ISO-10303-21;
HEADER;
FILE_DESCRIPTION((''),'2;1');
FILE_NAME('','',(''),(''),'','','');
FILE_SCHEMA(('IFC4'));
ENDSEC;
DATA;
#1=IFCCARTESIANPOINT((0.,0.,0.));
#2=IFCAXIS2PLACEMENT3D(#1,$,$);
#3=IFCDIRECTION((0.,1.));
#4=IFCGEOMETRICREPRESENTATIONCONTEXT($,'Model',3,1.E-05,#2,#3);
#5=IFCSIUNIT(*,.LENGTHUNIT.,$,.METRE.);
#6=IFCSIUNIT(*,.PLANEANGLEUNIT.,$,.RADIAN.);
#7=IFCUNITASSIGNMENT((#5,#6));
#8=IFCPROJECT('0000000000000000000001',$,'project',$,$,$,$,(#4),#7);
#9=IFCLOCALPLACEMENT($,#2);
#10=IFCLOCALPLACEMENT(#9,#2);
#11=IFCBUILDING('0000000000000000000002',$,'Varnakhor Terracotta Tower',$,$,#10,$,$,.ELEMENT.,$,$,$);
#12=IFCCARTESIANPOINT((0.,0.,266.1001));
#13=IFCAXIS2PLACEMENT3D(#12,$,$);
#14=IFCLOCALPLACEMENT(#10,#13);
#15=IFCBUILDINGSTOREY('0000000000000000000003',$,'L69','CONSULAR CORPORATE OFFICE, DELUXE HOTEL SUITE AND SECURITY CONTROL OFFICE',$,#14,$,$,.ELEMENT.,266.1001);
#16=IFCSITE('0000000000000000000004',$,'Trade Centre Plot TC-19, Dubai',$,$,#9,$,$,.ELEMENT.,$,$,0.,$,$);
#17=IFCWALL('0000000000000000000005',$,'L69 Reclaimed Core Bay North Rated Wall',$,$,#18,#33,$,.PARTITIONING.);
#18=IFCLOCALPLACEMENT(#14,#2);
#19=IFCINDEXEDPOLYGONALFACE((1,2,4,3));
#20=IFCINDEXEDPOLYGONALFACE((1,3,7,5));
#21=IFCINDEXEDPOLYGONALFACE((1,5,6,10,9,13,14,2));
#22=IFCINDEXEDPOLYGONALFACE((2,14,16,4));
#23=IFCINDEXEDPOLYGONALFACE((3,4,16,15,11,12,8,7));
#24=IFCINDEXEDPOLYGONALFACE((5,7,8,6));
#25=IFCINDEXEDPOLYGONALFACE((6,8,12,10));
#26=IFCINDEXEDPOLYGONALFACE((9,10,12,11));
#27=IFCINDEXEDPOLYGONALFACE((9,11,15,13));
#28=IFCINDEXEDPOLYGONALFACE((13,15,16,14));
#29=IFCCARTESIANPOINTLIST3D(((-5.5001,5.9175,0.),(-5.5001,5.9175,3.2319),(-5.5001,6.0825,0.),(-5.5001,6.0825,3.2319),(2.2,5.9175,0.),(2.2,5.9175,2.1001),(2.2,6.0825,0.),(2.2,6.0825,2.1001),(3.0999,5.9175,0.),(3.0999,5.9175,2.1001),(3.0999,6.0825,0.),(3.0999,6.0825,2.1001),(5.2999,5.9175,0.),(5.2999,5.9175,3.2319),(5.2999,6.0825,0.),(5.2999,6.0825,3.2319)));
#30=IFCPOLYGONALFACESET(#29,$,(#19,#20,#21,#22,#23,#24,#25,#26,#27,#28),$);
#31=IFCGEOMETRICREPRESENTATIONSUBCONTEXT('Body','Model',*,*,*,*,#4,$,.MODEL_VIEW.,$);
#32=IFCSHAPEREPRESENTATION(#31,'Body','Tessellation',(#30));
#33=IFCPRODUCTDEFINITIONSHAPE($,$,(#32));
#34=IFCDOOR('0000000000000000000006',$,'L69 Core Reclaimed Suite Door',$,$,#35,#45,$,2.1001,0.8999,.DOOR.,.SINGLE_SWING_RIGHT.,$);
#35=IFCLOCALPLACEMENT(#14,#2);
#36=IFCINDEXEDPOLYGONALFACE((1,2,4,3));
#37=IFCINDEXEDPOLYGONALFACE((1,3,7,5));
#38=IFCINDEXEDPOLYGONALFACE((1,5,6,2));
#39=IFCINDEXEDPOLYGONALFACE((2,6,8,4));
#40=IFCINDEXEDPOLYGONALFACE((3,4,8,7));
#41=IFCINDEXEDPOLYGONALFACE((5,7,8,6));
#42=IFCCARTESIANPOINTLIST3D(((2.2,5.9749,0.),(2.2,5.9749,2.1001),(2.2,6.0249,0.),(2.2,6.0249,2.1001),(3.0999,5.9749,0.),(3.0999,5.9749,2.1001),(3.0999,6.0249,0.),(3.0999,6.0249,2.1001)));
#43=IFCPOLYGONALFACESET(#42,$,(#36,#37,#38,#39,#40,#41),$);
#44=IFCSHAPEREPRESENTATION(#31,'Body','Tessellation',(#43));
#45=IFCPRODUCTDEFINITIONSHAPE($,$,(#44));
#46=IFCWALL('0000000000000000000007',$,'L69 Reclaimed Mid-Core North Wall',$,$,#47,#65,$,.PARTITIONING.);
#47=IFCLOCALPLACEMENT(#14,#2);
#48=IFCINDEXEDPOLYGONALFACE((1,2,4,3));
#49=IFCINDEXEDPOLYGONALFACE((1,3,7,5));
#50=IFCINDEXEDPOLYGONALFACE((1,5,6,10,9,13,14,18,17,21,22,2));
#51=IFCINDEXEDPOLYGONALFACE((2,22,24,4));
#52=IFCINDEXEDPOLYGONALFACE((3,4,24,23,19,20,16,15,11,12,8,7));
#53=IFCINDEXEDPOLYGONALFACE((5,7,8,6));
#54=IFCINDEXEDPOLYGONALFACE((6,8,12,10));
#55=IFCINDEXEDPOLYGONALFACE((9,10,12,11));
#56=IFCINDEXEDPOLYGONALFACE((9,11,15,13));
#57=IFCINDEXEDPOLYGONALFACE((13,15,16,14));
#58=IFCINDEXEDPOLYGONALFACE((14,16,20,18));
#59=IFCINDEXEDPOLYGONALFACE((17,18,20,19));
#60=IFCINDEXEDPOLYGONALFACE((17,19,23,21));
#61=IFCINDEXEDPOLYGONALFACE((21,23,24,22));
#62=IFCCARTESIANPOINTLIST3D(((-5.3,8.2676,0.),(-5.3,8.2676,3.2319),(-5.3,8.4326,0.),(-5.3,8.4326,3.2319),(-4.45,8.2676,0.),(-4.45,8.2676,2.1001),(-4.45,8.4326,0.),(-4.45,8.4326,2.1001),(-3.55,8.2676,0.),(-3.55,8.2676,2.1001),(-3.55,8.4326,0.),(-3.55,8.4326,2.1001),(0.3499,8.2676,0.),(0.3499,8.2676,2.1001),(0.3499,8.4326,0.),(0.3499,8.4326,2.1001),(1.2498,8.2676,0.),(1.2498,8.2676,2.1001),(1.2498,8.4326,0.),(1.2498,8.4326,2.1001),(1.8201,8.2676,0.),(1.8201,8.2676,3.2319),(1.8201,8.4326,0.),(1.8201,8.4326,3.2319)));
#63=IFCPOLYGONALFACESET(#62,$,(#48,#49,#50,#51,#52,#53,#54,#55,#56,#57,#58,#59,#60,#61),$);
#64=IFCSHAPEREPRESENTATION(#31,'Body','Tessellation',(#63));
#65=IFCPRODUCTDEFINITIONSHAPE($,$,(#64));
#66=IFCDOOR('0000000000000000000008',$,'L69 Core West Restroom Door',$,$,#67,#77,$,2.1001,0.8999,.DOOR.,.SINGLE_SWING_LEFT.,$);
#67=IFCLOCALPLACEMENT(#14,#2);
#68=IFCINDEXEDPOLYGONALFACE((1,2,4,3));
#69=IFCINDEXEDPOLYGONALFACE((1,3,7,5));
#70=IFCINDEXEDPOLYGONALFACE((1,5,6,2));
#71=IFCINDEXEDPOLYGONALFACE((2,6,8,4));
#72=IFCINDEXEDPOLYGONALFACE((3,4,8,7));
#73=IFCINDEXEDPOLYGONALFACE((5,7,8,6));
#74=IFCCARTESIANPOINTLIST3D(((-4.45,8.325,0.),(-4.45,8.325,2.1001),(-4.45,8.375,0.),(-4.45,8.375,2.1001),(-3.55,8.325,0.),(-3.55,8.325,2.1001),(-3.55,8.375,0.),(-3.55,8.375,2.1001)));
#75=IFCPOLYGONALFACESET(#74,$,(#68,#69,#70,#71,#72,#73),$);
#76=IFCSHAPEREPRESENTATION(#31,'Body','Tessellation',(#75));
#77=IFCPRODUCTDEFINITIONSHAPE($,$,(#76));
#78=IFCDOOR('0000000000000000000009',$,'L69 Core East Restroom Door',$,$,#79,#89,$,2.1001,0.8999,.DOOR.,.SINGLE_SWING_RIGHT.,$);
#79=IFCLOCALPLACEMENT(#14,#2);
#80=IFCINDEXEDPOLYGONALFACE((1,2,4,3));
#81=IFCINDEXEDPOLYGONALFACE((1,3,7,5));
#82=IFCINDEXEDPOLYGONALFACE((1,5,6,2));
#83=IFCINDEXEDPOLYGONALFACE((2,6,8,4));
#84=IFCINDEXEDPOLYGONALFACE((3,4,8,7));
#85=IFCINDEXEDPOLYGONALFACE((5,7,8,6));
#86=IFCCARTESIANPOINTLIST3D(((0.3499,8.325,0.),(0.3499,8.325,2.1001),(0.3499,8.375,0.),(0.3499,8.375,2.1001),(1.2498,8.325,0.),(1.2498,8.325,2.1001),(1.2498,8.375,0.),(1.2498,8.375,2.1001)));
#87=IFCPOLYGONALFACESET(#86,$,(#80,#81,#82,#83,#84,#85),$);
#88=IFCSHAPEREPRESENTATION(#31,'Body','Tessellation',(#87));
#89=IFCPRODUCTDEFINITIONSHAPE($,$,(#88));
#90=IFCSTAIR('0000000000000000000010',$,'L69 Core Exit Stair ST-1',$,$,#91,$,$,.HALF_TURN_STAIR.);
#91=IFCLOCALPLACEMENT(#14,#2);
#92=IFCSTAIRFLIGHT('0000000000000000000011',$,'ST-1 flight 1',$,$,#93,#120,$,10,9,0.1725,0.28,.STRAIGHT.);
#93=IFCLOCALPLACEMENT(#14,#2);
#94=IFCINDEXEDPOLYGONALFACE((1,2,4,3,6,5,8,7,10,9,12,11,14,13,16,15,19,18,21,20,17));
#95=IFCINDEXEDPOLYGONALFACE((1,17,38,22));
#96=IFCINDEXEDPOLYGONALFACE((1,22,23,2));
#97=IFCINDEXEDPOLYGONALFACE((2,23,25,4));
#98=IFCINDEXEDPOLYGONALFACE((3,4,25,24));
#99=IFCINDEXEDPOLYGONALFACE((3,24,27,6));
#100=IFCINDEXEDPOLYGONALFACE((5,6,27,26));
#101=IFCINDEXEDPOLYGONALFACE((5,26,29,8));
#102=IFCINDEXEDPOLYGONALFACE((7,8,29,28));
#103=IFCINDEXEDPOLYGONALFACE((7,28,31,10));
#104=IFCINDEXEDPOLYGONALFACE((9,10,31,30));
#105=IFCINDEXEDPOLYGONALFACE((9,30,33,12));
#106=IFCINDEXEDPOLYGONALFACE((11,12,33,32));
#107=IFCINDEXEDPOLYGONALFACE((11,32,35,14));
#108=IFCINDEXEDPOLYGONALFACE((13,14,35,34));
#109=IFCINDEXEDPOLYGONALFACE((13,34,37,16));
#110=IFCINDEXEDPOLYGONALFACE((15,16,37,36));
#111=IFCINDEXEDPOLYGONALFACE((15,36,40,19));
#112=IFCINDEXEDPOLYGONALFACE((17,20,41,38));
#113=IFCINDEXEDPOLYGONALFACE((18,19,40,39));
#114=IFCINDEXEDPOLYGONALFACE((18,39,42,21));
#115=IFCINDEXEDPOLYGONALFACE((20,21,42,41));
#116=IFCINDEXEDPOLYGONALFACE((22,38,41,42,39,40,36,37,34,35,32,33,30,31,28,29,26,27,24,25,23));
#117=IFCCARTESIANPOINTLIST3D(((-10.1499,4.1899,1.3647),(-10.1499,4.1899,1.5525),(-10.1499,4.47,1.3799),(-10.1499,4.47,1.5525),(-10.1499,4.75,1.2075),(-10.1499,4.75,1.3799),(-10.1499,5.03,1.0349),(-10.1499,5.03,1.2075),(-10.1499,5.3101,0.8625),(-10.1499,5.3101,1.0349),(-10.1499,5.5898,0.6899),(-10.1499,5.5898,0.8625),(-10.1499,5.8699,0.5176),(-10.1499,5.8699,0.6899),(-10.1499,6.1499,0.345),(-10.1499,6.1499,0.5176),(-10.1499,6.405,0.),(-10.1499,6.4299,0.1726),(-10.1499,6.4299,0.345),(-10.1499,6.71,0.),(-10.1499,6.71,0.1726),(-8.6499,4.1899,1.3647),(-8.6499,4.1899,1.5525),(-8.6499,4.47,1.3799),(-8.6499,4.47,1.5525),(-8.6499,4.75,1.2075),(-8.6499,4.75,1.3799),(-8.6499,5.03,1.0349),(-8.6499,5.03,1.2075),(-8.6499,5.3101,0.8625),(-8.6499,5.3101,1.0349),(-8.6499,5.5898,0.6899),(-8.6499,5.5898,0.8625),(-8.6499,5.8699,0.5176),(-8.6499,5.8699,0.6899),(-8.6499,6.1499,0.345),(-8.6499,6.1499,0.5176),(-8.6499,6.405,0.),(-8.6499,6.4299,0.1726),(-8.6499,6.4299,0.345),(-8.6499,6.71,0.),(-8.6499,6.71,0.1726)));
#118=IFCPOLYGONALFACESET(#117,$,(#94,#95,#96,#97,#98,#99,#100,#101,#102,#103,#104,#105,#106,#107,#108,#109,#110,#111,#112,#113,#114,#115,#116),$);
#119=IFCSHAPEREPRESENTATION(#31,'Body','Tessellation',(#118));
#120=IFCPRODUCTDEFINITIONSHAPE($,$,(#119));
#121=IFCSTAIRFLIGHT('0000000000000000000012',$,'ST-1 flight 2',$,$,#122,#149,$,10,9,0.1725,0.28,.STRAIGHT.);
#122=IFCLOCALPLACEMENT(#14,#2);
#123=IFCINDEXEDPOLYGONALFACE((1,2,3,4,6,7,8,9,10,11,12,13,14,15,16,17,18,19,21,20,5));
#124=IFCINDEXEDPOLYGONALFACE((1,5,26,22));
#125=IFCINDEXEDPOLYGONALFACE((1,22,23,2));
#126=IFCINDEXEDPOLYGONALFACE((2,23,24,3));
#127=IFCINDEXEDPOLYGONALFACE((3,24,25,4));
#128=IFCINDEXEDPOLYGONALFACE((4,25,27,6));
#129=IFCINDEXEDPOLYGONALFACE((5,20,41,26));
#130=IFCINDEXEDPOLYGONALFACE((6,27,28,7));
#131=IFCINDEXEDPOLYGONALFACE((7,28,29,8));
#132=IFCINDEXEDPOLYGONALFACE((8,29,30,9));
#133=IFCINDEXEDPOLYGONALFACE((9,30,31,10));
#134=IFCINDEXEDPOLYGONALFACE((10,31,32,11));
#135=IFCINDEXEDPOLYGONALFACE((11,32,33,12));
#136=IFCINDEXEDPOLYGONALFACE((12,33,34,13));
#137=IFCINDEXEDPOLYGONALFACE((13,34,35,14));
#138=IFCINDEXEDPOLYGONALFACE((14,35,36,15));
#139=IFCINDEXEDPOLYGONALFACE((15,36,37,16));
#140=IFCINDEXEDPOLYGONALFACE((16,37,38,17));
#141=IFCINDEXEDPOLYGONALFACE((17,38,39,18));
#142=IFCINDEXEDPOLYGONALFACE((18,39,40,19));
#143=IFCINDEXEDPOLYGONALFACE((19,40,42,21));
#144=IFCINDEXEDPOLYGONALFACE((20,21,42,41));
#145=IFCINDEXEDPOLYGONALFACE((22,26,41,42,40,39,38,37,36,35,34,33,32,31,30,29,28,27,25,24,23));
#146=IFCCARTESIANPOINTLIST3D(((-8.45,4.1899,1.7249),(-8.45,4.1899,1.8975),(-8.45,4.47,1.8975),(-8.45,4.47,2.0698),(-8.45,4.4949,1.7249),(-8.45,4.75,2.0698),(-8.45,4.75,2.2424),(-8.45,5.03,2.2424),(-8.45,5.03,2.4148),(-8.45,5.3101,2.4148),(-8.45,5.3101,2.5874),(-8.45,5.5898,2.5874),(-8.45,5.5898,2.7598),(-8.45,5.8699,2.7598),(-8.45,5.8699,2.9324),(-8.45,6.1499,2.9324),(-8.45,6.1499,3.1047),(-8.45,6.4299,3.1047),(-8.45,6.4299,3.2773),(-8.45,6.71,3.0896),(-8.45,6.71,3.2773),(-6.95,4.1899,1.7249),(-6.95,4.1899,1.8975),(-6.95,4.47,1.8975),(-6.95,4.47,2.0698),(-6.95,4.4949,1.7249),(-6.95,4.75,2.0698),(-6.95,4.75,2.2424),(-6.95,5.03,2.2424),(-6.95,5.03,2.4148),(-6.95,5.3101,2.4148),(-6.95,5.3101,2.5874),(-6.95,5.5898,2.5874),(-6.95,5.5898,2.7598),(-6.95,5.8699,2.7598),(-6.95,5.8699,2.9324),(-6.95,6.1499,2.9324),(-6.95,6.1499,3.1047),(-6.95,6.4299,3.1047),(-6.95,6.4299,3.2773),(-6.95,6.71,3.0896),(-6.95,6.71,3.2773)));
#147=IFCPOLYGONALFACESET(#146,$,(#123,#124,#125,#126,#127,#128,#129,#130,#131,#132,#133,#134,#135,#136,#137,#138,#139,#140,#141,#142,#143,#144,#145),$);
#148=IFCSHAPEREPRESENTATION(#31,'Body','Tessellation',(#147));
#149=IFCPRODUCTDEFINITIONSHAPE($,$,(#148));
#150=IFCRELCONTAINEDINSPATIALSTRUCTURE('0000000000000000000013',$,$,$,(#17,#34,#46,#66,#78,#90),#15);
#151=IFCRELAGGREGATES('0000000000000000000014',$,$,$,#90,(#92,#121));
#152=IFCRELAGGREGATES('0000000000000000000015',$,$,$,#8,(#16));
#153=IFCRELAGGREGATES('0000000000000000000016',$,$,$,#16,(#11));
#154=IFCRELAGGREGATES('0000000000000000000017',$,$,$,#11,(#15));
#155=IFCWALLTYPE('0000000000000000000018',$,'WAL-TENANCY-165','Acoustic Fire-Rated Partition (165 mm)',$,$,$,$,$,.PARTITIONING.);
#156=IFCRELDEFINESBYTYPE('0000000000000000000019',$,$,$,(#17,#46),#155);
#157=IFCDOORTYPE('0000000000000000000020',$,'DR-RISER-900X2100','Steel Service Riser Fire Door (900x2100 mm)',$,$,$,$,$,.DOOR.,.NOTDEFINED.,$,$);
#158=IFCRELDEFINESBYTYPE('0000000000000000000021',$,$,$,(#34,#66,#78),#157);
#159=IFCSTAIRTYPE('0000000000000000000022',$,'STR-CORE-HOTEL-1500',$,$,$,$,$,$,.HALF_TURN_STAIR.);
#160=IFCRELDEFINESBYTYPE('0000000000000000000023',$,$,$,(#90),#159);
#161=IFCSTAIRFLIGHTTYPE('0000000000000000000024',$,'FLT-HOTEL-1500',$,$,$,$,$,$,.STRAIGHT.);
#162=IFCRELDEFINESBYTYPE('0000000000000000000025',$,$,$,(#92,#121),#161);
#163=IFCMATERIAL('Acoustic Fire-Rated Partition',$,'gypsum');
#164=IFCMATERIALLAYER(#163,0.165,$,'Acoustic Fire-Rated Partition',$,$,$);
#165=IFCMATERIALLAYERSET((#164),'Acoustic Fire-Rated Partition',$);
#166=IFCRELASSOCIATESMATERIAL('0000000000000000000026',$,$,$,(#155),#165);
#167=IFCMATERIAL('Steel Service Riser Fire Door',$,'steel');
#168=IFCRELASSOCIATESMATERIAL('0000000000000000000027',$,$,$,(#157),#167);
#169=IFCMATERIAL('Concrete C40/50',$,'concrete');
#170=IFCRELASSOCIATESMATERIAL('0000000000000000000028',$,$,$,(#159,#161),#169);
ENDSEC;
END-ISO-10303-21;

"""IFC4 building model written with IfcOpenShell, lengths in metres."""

from ifc_helpers import new_model, si_unit, direction, frame, frame_2d, origin, place, context, subcontext, project, spatial, polyline, rectangle, outline, extrude, source, transform, mapped, material, layer, layer_set, type_object, type_shapes, element, fill, aggregate, save


model = new_model("IFC4")

# Units and contexts
model_context = context("Model", 3, precision=1e-05, world=origin(), true_north=direction((0.0, 1.0)))
body_context = subcontext(model_context, "Body", "Model", "MODEL_VIEW")
ifc_project = project(units=[si_unit("LENGTHUNIT", "METRE"), si_unit("PLANEANGLEUNIT", "RADIAN")], contexts=[model_context])

# Site, building, storey
site_placement = place(None, origin())
site = spatial("IfcSite", under=ifc_project, at=site_placement, Name="Trade Centre Plot TC-19, Dubai", CompositionType="ELEMENT", RefElevation=0.0)
building_placement = place(site_placement, origin())
building = spatial("IfcBuilding", under=site, at=building_placement, Name="Varnakhor Terracotta Tower", CompositionType="ELEMENT")
storey_placement = place(building_placement, frame((0.0, 0.0, 266.1001)))
storey = spatial("IfcBuildingStorey", under=building, at=storey_placement, Name="L69", Description="CONSULAR CORPORATE OFFICE, DELUXE HOTEL SUITE AND SECURITY CONTROL OFFICE", CompositionType="ELEMENT", Elevation=266.1001)

# Shared definitions
ifc_material_1 = material(Name="Concrete C40/50", Category="concrete")

# Wall, opening, door
ifc_material_2 = material(Name="Acoustic Fire-Rated Partition", Category="gypsum")
ifc_layer_1 = layer(ifc_material_2, 0.165, Name="Acoustic Fire-Rated Partition")
ifc_layer_set_1 = layer_set([ifc_layer_1], Name="Acoustic Fire-Rated Partition")
wall_type_1 = type_object("IfcWallType", Name="WAL-TENANCY-165", Description="Acoustic Fire-Rated Partition (165 mm)", PredefinedType="PARTITIONING", material=ifc_layer_set_1)
wall_1_placement = place(storey_placement, frame((-5.5, 6.0, 0.0), z_axis=(0.0, 0.0, 1.0), x_axis=(1.0, 0.0, 0.0)))
wall_1 = element("IfcWall", 1, at=wall_1_placement, inside=storey, type_object=wall_type_1, Name="L69 Reclaimed Core Bay North Rated Wall", PredefinedType="PARTITIONING", context=body_context, shape_type="SweptSolid", body=[
    extrude(rectangle(XDim=10.8, YDim=0.165, at=frame_2d((5.3999, 0.0))), origin(), (0.0, 0.0, 1.0), 3.2319),
])
opening_1_placement = place(wall_1_placement, frame((7.7, 0.0, 0.0)))
opening_1 = element("IfcOpeningElement", 2, at=opening_1_placement, cuts=wall_1, PredefinedType="OPENING", context=body_context, shape_type="SweptSolid", body=[
    extrude(rectangle(XDim=0.8999, YDim=2.1001, at=frame_2d((0.45, 1.05))), frame((0.0, 0.0925, 0.0), z_axis=(0.0, -1.0, 0.0), x_axis=(1.0, 0.0, 0.0)), (0.0, 0.0, 1.0), 0.1851),
])
ifc_material_3 = material(Name="Steel Service Riser Fire Door", Category="steel")
door_type_1 = type_object("IfcDoorType", Name="DR-RISER-900X2100", Description="Steel Service Riser Fire Door (900x2100 mm)", OperationType="NOTDEFINED", PredefinedType="DOOR", material=ifc_material_3)
shared_shape_1 = source(origin(), body_context, "Body", "SweptSolid", [
    extrude(rectangle(XDim=0.8999, YDim=2.1001, at=frame_2d((0.45, 1.05))), frame((0.0, 0.0249, 0.0), z_axis=(0.0, -1.0, 0.0), x_axis=(1.0, 0.0, 0.0)), (0.0, 0.0, 1.0), 0.05),
])
type_shapes(door_type_1, [shared_shape_1])
door_1_placement = place(opening_1_placement, origin())
door_1 = element("IfcDoor", 3, at=door_1_placement, inside=storey, type_object=door_type_1, Name="L69 Core Reclaimed Suite Door", OperationType="SINGLE_SWING_RIGHT", OverallHeight=2.1001, OverallWidth=0.8999, PredefinedType="DOOR", context=body_context, shape_type="MappedRepresentation", body=[
    mapped(shared_shape_1, transform((0.0, 0.0, 0.0), scale=1.0)),
])
fill(opening_1, door_1)

# Wall, openings, doors
wall_2_placement = place(storey_placement, frame((-5.3, 8.3501, 0.0), z_axis=(0.0, 0.0, 1.0), x_axis=(1.0, 0.0, 0.0)))
wall_2 = element("IfcWall", 4, at=wall_2_placement, inside=storey, type_object=wall_type_1, Name="L69 Reclaimed Mid-Core North Wall", PredefinedType="PARTITIONING", context=body_context, shape_type="SweptSolid", body=[
    extrude(rectangle(XDim=7.1201, YDim=0.165, at=frame_2d((3.5601, 0.0))), origin(), (0.0, 0.0, 1.0), 3.2319),
])
opening_2_placement = place(wall_2_placement, frame((0.8501, 0.0, 0.0)))
opening_2 = element("IfcOpeningElement", 5, at=opening_2_placement, cuts=wall_2, PredefinedType="OPENING", context=body_context, shape_type="SweptSolid", body=[
    extrude(rectangle(XDim=0.8999, YDim=2.1001, at=frame_2d((0.45, 1.05))), frame((0.0, 0.0925, 0.0), z_axis=(0.0, -1.0, 0.0), x_axis=(1.0, 0.0, 0.0)), (0.0, 0.0, 1.0), 0.1851),
])
opening_3_placement = place(wall_2_placement, frame((5.6499, 0.0, 0.0)))
opening_3 = element("IfcOpeningElement", 6, at=opening_3_placement, cuts=wall_2, PredefinedType="OPENING", context=body_context, shape_type="SweptSolid", body=[
    extrude(rectangle(XDim=0.8999, YDim=2.1001, at=frame_2d((0.45, 1.05))), frame((0.0, 0.0925, 0.0), z_axis=(0.0, -1.0, 0.0), x_axis=(1.0, 0.0, 0.0)), (0.0, 0.0, 1.0), 0.1851),
])
door_2_placement = place(opening_2_placement, origin())
door_2 = element("IfcDoor", 7, at=door_2_placement, inside=storey, type_object=door_type_1, Name="L69 Core West Restroom Door", OperationType="SINGLE_SWING_LEFT", OverallHeight=2.1001, OverallWidth=0.8999, PredefinedType="DOOR", context=body_context, shape_type="MappedRepresentation", body=[
    mapped(shared_shape_1, transform((0.0, 0.0, 0.0), scale=1.0)),
])
fill(opening_2, door_2)
door_3_placement = place(opening_3_placement, origin())
door_3 = element("IfcDoor", 8, at=door_3_placement, inside=storey, type_object=door_type_1, Name="L69 Core East Restroom Door", OperationType="SINGLE_SWING_RIGHT", OverallHeight=2.1001, OverallWidth=0.8999, PredefinedType="DOOR", context=body_context, shape_type="MappedRepresentation", body=[
    mapped(shared_shape_1, transform((0.0, 0.0, 0.0), scale=1.0)),
])
fill(opening_3, door_3)

# Stair, stair flights
stair_type = type_object("IfcStairType", Name="STR-CORE-HOTEL-1500", PredefinedType="HALF_TURN_STAIR", material=ifc_material_1)
stair_placement = place(storey_placement, origin())
stair = element("IfcStair", 9, at=stair_placement, inside=storey, type_object=stair_type, Name="L69 Core Exit Stair ST-1", PredefinedType="HALF_TURN_STAIR")
stair_flight_type = type_object("IfcStairFlightType", Name="FLT-HOTEL-1500", PredefinedType="STRAIGHT", material=ifc_material_1)
stair_flight_1_placement = place(storey_placement, frame((-9.3999, 6.71, 0.0), z_axis=(0.0, 0.0, 1.0), x_axis=(0.0, -1.0, 0.0)))
stair_flight_1 = element("IfcStairFlight", 10, at=stair_flight_1_placement, type_object=stair_flight_type, Name="ST-1 flight 1", NumberOfRisers=10, NumberOfTreads=9, PredefinedType="STRAIGHT", RiserHeight=0.1725, TreadLength=0.28, context=body_context, shape_type="SweptSolid", body=[
    extrude(outline(polyline([(0.0, 0.0), (0.0, 0.1726), (0.28, 0.1726), (0.28, 0.345), (0.5601, 0.345), (0.5601, 0.5176), (0.8401, 0.5176), (0.8401, 0.6899), (1.1201, 0.6899), (1.1201, 0.8625), (1.3999, 0.8625), (1.3999, 1.0349), (1.6799, 1.0349), (1.6799, 1.2075), (1.96, 1.2075), (1.96, 1.3799), (2.24, 1.3799), (2.24, 1.5525), (2.52, 1.5525), (2.52, 1.7251), (2.52, 1.3647), (0.3049, 0.0), (0.0, 0.0)])), frame((0.0, 0.75, 0.0), z_axis=(0.0, -1.0, 0.0), x_axis=(1.0, 0.0, 0.0)), (0.0, 0.0, 1.0), 1.5),
])
stair_flight_2_placement = place(storey_placement, frame((-7.7, 4.1899, 1.7249), z_axis=(0.0, 0.0, 1.0), x_axis=(0.0, 1.0, 0.0)))
stair_flight_2 = element("IfcStairFlight", 11, at=stair_flight_2_placement, type_object=stair_flight_type, Name="ST-1 flight 2", NumberOfRisers=10, NumberOfTreads=9, PredefinedType="STRAIGHT", RiserHeight=0.1725, TreadLength=0.28, context=body_context, shape_type="SweptSolid", body=[
    extrude(outline(polyline([(0.0, 0.0), (0.0, 0.1726), (0.28, 0.1726), (0.28, 0.345), (0.5601, 0.345), (0.5601, 0.5176), (0.8401, 0.5176), (0.8401, 0.6899), (1.1201, 0.6899), (1.1201, 0.8625), (1.3999, 0.8625), (1.3999, 1.0349), (1.6799, 1.0349), (1.6799, 1.2075), (1.96, 1.2075), (1.96, 1.3799), (2.24, 1.3799), (2.24, 1.5525), (2.52, 1.5525), (2.52, 1.7251), (2.52, 1.3647), (0.3049, 0.0), (0.0, 0.0)])), frame((0.0, 0.75, 0.0), z_axis=(0.0, -1.0, 0.0), x_axis=(1.0, 0.0, 0.0)), (0.0, 0.0, 1.0), 1.5),
])
aggregate(stair, [stair_flight_1, stair_flight_2])

save(model, "model.ifc")
